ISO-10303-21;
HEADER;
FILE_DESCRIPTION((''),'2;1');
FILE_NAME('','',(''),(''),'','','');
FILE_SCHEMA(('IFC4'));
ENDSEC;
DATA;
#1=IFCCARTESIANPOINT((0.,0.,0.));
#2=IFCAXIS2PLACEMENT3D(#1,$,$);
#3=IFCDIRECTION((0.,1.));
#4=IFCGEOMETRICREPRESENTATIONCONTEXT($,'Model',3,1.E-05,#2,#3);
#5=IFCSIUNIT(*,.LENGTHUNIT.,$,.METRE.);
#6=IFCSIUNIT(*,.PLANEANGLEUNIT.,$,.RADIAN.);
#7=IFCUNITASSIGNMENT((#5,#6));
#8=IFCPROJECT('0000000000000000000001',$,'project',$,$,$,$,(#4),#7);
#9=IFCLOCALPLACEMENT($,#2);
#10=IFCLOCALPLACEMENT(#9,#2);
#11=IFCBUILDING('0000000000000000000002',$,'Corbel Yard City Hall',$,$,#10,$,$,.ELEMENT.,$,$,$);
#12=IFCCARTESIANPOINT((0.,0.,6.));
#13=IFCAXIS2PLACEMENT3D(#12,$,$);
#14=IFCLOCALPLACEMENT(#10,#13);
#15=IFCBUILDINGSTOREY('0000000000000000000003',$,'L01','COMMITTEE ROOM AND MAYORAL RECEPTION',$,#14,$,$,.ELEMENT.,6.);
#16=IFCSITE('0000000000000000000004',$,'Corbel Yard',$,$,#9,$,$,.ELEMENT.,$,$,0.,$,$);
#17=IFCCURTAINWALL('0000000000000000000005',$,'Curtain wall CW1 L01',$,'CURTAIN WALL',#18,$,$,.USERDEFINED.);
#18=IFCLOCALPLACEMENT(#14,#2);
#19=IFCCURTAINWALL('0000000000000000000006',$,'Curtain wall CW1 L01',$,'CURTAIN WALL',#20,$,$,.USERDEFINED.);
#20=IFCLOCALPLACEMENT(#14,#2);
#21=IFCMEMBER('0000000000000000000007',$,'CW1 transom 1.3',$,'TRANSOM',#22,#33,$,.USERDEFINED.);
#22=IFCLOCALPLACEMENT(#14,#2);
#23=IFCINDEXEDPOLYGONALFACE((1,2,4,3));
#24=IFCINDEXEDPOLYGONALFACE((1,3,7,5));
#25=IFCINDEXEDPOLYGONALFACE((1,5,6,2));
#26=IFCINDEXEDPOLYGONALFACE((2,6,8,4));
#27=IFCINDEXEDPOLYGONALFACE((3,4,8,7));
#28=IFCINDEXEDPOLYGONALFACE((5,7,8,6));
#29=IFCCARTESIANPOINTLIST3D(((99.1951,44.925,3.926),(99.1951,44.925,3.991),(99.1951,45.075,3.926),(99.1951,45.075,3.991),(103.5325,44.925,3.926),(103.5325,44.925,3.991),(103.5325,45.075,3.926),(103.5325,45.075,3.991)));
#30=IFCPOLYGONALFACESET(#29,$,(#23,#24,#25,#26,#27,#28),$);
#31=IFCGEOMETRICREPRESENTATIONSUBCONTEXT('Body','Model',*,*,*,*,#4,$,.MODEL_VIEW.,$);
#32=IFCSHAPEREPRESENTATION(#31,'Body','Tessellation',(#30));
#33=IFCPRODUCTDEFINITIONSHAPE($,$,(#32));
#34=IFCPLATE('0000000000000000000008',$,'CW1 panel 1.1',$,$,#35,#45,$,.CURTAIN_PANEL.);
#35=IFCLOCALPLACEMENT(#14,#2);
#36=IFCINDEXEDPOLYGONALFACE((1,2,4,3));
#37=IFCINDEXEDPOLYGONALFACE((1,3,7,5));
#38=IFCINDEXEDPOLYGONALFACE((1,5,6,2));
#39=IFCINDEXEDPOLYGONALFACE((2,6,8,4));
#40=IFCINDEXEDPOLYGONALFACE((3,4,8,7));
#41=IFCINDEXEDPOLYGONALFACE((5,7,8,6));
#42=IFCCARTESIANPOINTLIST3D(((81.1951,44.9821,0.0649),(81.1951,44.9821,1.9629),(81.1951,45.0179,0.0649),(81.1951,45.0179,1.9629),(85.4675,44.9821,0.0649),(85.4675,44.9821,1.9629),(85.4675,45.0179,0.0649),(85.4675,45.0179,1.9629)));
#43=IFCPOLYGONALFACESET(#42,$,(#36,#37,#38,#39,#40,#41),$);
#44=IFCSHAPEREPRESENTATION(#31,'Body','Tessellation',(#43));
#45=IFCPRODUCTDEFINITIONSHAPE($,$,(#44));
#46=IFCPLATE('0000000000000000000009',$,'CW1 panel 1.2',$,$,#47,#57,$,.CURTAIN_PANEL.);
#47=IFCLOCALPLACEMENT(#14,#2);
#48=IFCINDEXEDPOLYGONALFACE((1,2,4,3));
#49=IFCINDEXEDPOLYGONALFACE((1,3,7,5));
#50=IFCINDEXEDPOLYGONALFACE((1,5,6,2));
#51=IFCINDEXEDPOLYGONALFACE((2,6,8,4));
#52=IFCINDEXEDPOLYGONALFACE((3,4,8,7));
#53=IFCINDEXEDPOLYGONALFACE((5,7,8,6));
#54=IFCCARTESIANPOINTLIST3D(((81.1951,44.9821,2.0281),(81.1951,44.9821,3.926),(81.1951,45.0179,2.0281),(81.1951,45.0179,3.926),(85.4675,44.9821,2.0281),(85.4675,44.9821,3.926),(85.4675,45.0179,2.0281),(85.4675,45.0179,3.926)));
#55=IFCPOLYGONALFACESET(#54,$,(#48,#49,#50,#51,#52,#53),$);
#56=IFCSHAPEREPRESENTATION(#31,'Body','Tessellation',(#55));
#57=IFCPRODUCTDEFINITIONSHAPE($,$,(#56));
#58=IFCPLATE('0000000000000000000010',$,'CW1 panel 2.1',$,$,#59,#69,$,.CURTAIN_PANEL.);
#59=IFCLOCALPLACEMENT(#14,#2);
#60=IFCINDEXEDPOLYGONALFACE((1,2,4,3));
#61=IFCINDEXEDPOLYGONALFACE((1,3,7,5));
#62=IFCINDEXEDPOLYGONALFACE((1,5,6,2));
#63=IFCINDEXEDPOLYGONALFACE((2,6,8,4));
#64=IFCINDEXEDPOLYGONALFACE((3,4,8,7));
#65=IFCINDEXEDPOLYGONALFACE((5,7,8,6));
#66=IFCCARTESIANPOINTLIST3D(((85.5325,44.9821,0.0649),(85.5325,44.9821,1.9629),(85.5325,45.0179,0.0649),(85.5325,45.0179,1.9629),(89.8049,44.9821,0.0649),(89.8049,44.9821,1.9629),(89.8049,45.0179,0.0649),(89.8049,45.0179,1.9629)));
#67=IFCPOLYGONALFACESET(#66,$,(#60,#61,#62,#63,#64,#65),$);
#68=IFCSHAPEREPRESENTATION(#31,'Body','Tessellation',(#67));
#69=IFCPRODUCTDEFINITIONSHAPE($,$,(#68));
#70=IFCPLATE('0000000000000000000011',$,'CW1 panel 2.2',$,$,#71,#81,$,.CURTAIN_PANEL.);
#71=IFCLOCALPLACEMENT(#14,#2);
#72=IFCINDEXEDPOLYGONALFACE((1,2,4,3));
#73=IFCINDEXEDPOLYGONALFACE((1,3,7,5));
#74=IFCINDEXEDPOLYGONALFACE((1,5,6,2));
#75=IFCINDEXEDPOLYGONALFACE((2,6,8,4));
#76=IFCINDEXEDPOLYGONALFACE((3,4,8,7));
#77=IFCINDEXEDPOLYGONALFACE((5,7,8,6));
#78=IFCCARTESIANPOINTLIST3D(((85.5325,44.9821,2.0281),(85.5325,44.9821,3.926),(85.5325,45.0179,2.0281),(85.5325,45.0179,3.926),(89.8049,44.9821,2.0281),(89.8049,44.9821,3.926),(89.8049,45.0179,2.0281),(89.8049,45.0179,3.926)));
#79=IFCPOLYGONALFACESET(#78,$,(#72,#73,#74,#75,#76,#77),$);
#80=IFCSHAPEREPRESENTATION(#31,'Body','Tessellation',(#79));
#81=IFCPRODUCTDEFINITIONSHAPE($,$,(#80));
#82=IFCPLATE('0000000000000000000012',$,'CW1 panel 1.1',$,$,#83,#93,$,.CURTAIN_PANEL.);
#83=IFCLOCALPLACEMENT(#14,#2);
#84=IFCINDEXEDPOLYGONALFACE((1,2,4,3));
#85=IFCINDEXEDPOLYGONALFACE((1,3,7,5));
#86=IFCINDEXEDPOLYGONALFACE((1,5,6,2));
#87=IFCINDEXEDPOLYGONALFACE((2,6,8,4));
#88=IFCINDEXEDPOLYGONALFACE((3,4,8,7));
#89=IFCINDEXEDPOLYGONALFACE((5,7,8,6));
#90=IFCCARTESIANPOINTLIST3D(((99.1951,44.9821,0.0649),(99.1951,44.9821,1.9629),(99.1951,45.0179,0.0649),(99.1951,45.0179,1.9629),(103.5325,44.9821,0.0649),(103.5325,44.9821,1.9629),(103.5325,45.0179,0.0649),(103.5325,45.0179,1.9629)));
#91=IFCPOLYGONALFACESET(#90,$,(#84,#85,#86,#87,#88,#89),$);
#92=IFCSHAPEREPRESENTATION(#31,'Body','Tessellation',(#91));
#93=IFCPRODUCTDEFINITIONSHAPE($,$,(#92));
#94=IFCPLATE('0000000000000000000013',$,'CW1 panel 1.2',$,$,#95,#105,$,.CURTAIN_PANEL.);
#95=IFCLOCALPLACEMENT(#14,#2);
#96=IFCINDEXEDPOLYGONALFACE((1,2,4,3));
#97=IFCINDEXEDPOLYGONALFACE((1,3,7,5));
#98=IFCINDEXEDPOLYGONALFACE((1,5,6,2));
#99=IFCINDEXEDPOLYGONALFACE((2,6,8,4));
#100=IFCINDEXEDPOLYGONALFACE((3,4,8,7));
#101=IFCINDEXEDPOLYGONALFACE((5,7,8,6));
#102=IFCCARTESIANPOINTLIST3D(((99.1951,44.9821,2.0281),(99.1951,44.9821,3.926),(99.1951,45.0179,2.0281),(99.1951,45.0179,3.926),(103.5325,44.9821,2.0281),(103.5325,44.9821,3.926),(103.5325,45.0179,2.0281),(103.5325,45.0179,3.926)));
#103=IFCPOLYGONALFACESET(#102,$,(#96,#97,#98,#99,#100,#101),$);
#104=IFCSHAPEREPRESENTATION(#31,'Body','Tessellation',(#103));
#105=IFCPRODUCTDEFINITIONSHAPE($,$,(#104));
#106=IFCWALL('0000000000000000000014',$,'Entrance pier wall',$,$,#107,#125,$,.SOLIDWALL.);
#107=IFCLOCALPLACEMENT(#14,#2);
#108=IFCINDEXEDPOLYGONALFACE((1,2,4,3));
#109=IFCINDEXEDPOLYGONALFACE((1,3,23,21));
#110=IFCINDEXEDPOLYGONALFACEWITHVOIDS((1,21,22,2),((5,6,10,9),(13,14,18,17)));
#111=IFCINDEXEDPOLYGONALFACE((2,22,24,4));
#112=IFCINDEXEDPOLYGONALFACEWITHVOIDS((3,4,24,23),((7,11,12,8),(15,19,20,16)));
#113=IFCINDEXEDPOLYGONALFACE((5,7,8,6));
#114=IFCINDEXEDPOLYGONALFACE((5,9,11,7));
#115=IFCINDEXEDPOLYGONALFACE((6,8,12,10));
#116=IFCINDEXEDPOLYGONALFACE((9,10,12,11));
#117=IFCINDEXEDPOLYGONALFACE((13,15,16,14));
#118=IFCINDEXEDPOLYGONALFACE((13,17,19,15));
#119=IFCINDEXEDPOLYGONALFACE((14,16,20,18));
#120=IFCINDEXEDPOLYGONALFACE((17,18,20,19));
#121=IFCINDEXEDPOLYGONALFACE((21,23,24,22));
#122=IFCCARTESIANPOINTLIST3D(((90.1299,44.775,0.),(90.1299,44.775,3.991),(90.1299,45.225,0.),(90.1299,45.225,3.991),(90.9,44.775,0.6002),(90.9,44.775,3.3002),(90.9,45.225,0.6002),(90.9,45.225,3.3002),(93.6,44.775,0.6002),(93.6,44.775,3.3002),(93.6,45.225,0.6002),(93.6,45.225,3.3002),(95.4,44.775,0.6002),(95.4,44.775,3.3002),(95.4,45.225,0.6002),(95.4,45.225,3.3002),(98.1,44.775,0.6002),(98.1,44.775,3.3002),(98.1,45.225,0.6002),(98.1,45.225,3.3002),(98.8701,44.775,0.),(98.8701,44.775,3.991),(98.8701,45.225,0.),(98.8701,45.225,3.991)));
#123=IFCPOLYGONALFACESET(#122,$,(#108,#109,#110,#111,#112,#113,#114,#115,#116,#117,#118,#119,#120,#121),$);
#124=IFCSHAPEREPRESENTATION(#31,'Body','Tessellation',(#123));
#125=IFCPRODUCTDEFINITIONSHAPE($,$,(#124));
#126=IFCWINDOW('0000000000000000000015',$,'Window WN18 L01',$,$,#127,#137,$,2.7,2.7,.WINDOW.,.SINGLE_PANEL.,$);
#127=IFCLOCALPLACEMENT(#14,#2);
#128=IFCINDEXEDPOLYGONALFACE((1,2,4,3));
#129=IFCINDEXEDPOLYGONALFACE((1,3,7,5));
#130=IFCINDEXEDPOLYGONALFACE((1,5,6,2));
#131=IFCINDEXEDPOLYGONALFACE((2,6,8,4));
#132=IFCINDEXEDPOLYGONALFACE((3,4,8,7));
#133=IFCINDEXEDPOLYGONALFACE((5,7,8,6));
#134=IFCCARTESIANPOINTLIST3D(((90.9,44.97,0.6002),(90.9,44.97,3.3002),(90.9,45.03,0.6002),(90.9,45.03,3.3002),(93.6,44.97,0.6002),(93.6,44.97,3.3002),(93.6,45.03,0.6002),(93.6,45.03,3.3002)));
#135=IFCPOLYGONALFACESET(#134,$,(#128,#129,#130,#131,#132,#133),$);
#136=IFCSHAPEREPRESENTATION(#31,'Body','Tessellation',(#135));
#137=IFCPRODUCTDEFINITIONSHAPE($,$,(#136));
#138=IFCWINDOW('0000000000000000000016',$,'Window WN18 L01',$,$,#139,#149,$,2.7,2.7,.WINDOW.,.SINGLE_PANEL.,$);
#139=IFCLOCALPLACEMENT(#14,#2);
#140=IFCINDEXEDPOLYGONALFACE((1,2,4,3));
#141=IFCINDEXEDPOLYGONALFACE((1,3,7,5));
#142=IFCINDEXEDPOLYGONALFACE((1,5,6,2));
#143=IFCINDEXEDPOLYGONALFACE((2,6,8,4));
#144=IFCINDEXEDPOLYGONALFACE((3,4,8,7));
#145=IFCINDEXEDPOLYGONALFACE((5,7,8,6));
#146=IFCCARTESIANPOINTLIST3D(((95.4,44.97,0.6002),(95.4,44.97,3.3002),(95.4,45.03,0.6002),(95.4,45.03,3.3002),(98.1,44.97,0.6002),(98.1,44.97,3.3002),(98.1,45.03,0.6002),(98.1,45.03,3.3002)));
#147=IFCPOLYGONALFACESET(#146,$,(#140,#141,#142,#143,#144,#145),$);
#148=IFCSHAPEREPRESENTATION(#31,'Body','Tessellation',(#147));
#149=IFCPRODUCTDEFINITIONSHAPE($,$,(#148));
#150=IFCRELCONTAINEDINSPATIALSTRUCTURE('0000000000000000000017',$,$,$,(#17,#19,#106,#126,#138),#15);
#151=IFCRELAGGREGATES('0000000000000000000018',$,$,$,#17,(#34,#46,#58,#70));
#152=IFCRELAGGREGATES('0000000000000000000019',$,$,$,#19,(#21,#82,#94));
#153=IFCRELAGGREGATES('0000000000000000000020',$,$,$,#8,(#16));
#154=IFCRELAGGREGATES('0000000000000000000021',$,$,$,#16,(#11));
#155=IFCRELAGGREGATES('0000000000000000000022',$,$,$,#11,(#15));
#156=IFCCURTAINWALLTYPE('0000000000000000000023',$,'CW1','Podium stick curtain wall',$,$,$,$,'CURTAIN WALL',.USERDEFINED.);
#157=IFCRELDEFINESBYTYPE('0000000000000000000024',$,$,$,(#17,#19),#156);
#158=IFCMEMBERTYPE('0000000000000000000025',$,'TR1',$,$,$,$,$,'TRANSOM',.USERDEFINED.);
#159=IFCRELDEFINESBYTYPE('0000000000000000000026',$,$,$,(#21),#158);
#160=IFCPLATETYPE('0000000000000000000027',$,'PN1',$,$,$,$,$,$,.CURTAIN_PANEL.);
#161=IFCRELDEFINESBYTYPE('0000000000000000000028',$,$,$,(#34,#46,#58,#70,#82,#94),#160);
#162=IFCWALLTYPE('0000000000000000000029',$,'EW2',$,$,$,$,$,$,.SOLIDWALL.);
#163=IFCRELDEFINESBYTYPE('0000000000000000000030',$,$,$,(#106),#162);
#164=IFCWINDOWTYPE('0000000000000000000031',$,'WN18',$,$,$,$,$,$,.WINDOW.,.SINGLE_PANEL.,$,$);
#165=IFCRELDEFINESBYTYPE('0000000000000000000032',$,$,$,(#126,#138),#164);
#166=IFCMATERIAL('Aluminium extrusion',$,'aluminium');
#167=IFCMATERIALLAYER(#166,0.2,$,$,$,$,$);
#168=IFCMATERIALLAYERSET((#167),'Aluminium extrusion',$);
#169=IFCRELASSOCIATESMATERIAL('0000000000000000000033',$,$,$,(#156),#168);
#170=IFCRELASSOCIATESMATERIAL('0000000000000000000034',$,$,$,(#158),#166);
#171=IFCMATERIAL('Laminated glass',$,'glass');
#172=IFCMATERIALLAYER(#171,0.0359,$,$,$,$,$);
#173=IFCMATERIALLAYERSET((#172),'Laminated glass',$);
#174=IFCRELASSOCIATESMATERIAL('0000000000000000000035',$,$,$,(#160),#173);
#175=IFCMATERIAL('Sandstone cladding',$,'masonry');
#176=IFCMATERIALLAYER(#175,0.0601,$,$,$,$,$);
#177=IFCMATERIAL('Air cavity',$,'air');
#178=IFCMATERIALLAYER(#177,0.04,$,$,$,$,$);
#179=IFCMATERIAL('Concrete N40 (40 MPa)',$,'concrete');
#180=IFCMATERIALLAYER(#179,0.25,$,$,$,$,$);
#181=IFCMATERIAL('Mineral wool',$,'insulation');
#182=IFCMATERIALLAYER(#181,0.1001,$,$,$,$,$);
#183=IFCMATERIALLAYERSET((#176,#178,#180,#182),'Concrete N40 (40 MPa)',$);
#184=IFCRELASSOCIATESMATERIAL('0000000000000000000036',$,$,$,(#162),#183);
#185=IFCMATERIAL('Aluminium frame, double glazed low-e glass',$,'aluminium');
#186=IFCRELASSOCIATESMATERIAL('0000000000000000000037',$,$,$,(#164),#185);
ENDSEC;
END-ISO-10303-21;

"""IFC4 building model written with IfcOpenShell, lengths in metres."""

from ifc_helpers import new_model, si_unit, direction, frame, frame_2d, origin, origin_2d, place, context, subcontext, project, spatial, rectangle, extrude, material, layer, layer_set, material_profile, profile_set, type_object, element, fill, aggregate, save


model = new_model("IFC4")

# Units and contexts
model_context = context("Model", 3, precision=1e-05, world=origin(), true_north=direction((0.0, 1.0)))
body_context = subcontext(model_context, "Body", "Model", "MODEL_VIEW")
ifc_project = project(units=[si_unit("LENGTHUNIT", "METRE"), si_unit("PLANEANGLEUNIT", "RADIAN")], contexts=[model_context])

# Site, building, storey
site_placement = place(None, origin())
site = spatial("IfcSite", under=ifc_project, at=site_placement, Name="Corbel Yard", CompositionType="ELEMENT", RefElevation=0.0)
building_placement = place(site_placement, origin())
building = spatial("IfcBuilding", under=site, at=building_placement, Name="Corbel Yard City Hall", CompositionType="ELEMENT")
storey_placement = place(building_placement, frame((0.0, 0.0, 6.0)))
storey = spatial("IfcBuildingStorey", under=building, at=storey_placement, Name="L01", Description="COMMITTEE ROOM AND MAYORAL RECEPTION", CompositionType="ELEMENT", Elevation=6.0)

# Curtain walls
ifc_material_1 = material(Name="Aluminium extrusion", Category="aluminium")
ifc_layer_1 = layer(ifc_material_1, 0.2)
ifc_layer_set_1 = layer_set([ifc_layer_1], Name="Aluminium extrusion")
curtain_wall_type = type_object("IfcCurtainWallType", Name="CW1", Description="Podium stick curtain wall", ElementType="CURTAIN WALL", PredefinedType="USERDEFINED", material=ifc_layer_set_1)
curtain_wall_1_placement = place(storey_placement, origin())
curtain_wall_1 = element("IfcCurtainWall", 1, at=curtain_wall_1_placement, inside=storey, type_object=curtain_wall_type, Name="Curtain wall CW1 L01", ObjectType="CURTAIN WALL", PredefinedType="USERDEFINED")
curtain_wall_2_placement = place(storey_placement, origin())
curtain_wall_2 = element("IfcCurtainWall", 2, at=curtain_wall_2_placement, inside=storey, type_object=curtain_wall_type, Name="Curtain wall CW1 L01", ObjectType="CURTAIN WALL", PredefinedType="USERDEFINED")

# Member
ifc_material_profile_1 = material_profile(ifc_material_1, rectangle(XDim=0.1499, YDim=0.0649, at=origin_2d()), Name="150x65")
ifc_profile_set_1 = profile_set([ifc_material_profile_1], Name="Aluminium extrusion")
member_type_1 = type_object("IfcMemberType", Name="TR1", ElementType="TRANSOM", PredefinedType="USERDEFINED", material=ifc_profile_set_1)
member_1_placement = place(storey_placement, frame((99.1951, 45.0, 3.9585), z_axis=(1.0, 0.0, 0.0), x_axis=(0.0, 1.0, 0.0)))
member_1 = element("IfcMember", 3, at=member_1_placement, type_object=member_type_1, Name="CW1 transom 1.3", ObjectType="TRANSOM", PredefinedType="USERDEFINED", context=body_context, shape_type="SweptSolid", body=[
    extrude(rectangle(XDim=0.1499, YDim=0.0649, at=origin_2d()), origin(), (0.0, 0.0, 1.0), 4.3374),
])

# Plates
ifc_material_2 = material(Name="Laminated glass", Category="glass")
ifc_layer_2 = layer(ifc_material_2, 0.0359)
ifc_layer_set_2 = layer_set([ifc_layer_2], Name="Laminated glass")
plate_type = type_object("IfcPlateType", Name="PN1", PredefinedType="CURTAIN_PANEL", material=ifc_layer_set_2)
plate_1_placement = place(storey_placement, frame((83.3313, 45.0, 0.0649), z_axis=(0.0, 0.0, 1.0), x_axis=(1.0, 0.0, 0.0)))
plate_1 = element("IfcPlate", 4, at=plate_1_placement, type_object=plate_type, Name="CW1 panel 1.1", PredefinedType="CURTAIN_PANEL", context=body_context, shape_type="SweptSolid", body=[
    extrude(rectangle(XDim=4.2725, YDim=0.0359, at=origin_2d()), origin(), (0.0, 0.0, 1.0), 1.8979),
])
plate_2_placement = place(storey_placement, frame((83.3313, 45.0, 2.0281), z_axis=(0.0, 0.0, 1.0), x_axis=(1.0, 0.0, 0.0)))
plate_2 = element("IfcPlate", 5, at=plate_2_placement, type_object=plate_type, Name="CW1 panel 1.2", PredefinedType="CURTAIN_PANEL", context=body_context, shape_type="SweptSolid", body=[
    extrude(rectangle(XDim=4.2725, YDim=0.0359, at=origin_2d()), origin(), (0.0, 0.0, 1.0), 1.8979),
])
plate_3_placement = place(storey_placement, frame((87.6687, 45.0, 0.0649), z_axis=(0.0, 0.0, 1.0), x_axis=(1.0, 0.0, 0.0)))
plate_3 = element("IfcPlate", 6, at=plate_3_placement, type_object=plate_type, Name="CW1 panel 2.1", PredefinedType="CURTAIN_PANEL", context=body_context, shape_type="SweptSolid", body=[
    extrude(rectangle(XDim=4.2725, YDim=0.0359, at=origin_2d()), origin(), (0.0, 0.0, 1.0), 1.8979),
])
plate_4_placement = place(storey_placement, frame((87.6687, 45.0, 2.0281), z_axis=(0.0, 0.0, 1.0), x_axis=(1.0, 0.0, 0.0)))
plate_4 = element("IfcPlate", 7, at=plate_4_placement, type_object=plate_type, Name="CW1 panel 2.2", PredefinedType="CURTAIN_PANEL", context=body_context, shape_type="SweptSolid", body=[
    extrude(rectangle(XDim=4.2725, YDim=0.0359, at=origin_2d()), origin(), (0.0, 0.0, 1.0), 1.8979),
])
aggregate(curtain_wall_1, [plate_1, plate_2, plate_3, plate_4])
plate_5_placement = place(storey_placement, frame((101.3638, 45.0, 0.0649), z_axis=(0.0, 0.0, 1.0), x_axis=(1.0, 0.0, 0.0)))
plate_5 = element("IfcPlate", 8, at=plate_5_placement, type_object=plate_type, Name="CW1 panel 1.1", PredefinedType="CURTAIN_PANEL", context=body_context, shape_type="SweptSolid", body=[
    extrude(rectangle(XDim=4.3374, YDim=0.0359, at=origin_2d()), origin(), (0.0, 0.0, 1.0), 1.8979),
])
plate_6_placement = place(storey_placement, frame((101.3638, 45.0, 2.0281), z_axis=(0.0, 0.0, 1.0), x_axis=(1.0, 0.0, 0.0)))
plate_6 = element("IfcPlate", 9, at=plate_6_placement, type_object=plate_type, Name="CW1 panel 1.2", PredefinedType="CURTAIN_PANEL", context=body_context, shape_type="SweptSolid", body=[
    extrude(rectangle(XDim=4.3374, YDim=0.0359, at=origin_2d()), origin(), (0.0, 0.0, 1.0), 1.8979),
])
aggregate(curtain_wall_2, [member_1, plate_5, plate_6])

# Wall, openings, windows
ifc_material_3 = material(Name="Sandstone cladding", Category="masonry")
ifc_layer_3 = layer(ifc_material_3, 0.0601)
ifc_material_4 = material(Name="Air cavity", Category="air")
ifc_layer_4 = layer(ifc_material_4, 0.04)
ifc_material_5 = material(Name="Concrete N40 (40 MPa)", Category="concrete")
ifc_layer_5 = layer(ifc_material_5, 0.25)
ifc_material_6 = material(Name="Mineral wool", Category="insulation")
ifc_layer_6 = layer(ifc_material_6, 0.1001)
ifc_layer_set_3 = layer_set([ifc_layer_3, ifc_layer_4, ifc_layer_5, ifc_layer_6], Name="Concrete N40 (40 MPa)")
wall_type = type_object("IfcWallType", Name="EW2", PredefinedType="SOLIDWALL", material=ifc_layer_set_3)
wall_placement = place(storey_placement, frame((90.1299, 45.0, 0.0), z_axis=(0.0, 0.0, 1.0), x_axis=(1.0, 0.0, 0.0)))
wall = element("IfcWall", 10, at=wall_placement, inside=storey, type_object=wall_type, Name="Entrance pier wall", PredefinedType="SOLIDWALL", context=body_context, shape_type="SweptSolid", body=[
    extrude(rectangle(XDim=8.7402, YDim=0.45, at=frame_2d((4.3701, 0.0))), origin(), (0.0, 0.0, 1.0), 3.991),
])
opening_1_placement = place(wall_placement, frame((0.77, 0.0, 0.6001)))
opening_1 = element("IfcOpeningElement", 11, at=opening_1_placement, cuts=wall, PredefinedType="OPENING", context=body_context, shape_type="SweptSolid", body=[
    extrude(rectangle(XDim=2.7, YDim=2.7, at=frame_2d((1.3501, 1.3501))), frame((0.0, 0.2349, 0.0), z_axis=(0.0, -1.0, 0.0), x_axis=(1.0, 0.0, 0.0)), (0.0, 0.0, 1.0), 0.47),
])
opening_2_placement = place(wall_placement, frame((5.27, 0.0, 0.6001)))
opening_2 = element("IfcOpeningElement", 12, at=opening_2_placement, cuts=wall, PredefinedType="OPENING", context=body_context, shape_type="SweptSolid", body=[
    extrude(rectangle(XDim=2.7, YDim=2.7, at=frame_2d((1.3501, 1.3501))), frame((0.0, 0.2349, 0.0), z_axis=(0.0, -1.0, 0.0), x_axis=(1.0, 0.0, 0.0)), (0.0, 0.0, 1.0), 0.47),
])
ifc_material_7 = material(Name="Aluminium frame, double glazed low-e glass", Category="aluminium")
window_type = type_object("IfcWindowType", Name="WN18", PartitioningType="SINGLE_PANEL", PredefinedType="WINDOW", material=ifc_material_7)
window_1_placement = place(opening_1_placement, origin())
window_1 = element("IfcWindow", 13, at=window_1_placement, inside=storey, type_object=window_type, Name="Window WN18 L01", OverallHeight=2.7, OverallWidth=2.7, PartitioningType="SINGLE_PANEL", PredefinedType="WINDOW", context=body_context, shape_type="SweptSolid", body=[
    extrude(rectangle(XDim=2.7, YDim=2.7, at=frame_2d((1.3501, 1.3501))), frame((0.0, 0.03, 0.0), z_axis=(0.0, -1.0, 0.0), x_axis=(1.0, 0.0, 0.0)), (0.0, 0.0, 1.0), 0.0601),
])
fill(opening_1, window_1)
window_2_placement = place(opening_2_placement, origin())
window_2 = element("IfcWindow", 14, at=window_2_placement, inside=storey, type_object=window_type, Name="Window WN18 L01", OverallHeight=2.7, OverallWidth=2.7, PartitioningType="SINGLE_PANEL", PredefinedType="WINDOW", context=body_context, shape_type="SweptSolid", body=[
    extrude(rectangle(XDim=2.7, YDim=2.7, at=frame_2d((1.3501, 1.3501))), frame((0.0, 0.03, 0.0), z_axis=(0.0, -1.0, 0.0), x_axis=(1.0, 0.0, 0.0)), (0.0, 0.0, 1.0), 0.0601),
])
fill(opening_2, window_2)

save(model, "model.ifc")
